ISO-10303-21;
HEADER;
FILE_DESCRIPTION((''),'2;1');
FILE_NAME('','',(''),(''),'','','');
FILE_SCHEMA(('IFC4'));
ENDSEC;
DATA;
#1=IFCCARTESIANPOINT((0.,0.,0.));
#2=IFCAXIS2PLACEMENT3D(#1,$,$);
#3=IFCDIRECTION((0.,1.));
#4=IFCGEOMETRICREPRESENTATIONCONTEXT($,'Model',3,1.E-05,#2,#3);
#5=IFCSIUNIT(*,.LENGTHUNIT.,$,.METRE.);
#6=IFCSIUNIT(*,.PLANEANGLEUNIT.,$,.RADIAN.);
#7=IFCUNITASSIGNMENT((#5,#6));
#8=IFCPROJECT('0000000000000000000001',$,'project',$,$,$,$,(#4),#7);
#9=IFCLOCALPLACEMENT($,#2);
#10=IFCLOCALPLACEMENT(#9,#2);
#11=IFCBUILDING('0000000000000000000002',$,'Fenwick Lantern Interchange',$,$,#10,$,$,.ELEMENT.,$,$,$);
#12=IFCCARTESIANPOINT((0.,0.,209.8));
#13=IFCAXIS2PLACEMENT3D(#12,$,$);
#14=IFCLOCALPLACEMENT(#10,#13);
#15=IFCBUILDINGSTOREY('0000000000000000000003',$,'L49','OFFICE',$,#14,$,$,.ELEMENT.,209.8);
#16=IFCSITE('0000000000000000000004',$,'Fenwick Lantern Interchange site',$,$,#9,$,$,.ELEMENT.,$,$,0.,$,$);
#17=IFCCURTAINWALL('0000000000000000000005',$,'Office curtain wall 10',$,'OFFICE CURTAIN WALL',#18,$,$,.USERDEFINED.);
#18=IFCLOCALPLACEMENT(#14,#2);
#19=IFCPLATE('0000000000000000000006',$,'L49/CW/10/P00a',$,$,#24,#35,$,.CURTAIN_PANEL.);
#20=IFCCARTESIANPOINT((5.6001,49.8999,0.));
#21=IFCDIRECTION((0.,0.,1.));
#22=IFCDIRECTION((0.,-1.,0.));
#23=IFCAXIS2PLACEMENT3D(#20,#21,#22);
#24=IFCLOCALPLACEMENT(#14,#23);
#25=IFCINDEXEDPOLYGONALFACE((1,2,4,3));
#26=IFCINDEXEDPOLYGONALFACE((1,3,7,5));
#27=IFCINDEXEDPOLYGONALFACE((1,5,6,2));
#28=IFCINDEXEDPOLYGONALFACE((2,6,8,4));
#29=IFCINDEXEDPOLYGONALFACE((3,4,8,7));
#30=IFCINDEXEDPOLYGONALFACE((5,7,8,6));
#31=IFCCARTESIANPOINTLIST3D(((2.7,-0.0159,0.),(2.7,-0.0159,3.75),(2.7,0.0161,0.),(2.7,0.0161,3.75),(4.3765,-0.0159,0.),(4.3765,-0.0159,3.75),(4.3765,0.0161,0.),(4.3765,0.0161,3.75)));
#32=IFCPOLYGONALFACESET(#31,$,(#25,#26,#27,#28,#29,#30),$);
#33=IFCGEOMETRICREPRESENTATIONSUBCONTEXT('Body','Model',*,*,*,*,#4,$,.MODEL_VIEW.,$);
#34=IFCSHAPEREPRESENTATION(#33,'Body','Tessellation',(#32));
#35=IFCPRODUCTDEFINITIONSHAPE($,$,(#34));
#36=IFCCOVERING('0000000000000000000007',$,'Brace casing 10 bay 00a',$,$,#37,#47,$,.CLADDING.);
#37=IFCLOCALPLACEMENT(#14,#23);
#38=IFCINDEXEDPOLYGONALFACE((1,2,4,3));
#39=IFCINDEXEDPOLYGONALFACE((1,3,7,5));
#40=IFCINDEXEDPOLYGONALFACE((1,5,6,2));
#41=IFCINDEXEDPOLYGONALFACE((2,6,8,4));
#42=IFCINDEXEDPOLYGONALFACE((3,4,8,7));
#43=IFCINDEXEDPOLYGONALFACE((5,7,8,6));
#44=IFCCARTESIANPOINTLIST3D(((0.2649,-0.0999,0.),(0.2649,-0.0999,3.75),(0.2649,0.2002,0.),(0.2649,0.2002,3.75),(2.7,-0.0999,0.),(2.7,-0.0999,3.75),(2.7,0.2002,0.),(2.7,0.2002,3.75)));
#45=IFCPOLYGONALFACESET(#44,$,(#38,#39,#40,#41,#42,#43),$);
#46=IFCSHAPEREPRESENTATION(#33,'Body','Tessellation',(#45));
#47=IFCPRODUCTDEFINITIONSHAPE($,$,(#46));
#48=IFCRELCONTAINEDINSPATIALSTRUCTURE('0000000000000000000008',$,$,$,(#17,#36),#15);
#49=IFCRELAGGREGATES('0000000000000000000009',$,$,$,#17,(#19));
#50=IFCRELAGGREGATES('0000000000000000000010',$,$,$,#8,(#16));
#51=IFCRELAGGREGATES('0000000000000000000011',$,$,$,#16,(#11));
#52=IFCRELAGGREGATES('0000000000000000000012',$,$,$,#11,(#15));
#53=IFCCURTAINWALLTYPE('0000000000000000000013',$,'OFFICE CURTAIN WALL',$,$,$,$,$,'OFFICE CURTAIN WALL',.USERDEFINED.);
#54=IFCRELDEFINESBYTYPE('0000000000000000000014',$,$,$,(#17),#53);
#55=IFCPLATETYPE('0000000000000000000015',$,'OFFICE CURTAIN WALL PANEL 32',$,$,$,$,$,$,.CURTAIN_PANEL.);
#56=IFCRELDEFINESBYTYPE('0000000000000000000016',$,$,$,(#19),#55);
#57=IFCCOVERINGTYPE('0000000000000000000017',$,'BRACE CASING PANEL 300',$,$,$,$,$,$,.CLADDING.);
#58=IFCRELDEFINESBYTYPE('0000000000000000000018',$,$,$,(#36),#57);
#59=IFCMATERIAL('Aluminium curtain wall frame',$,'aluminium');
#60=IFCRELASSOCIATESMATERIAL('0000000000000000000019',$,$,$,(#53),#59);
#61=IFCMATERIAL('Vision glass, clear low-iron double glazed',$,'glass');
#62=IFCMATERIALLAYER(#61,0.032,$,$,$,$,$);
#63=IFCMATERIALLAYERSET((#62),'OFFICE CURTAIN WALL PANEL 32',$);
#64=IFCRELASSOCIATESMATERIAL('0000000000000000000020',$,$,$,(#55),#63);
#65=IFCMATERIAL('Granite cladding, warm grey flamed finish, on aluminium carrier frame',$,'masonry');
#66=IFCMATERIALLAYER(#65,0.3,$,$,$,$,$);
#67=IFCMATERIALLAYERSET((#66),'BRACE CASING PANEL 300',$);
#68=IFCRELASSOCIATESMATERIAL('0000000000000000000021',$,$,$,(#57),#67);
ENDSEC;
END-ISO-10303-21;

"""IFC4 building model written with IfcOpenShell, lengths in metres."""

from ifc_helpers import new_model, si_unit, direction, frame, origin, place, context, subcontext, project, spatial, polyline, outline, extrude, material, layer, layer_set, type_object, element, aggregate, save


model = new_model("IFC4")

# Units and contexts
model_context = context("Model", 3, precision=1e-05, world=origin(), true_north=direction((0.0, 1.0)))
body_context = subcontext(model_context, "Body", "Model", "MODEL_VIEW")
ifc_project = project(units=[si_unit("LENGTHUNIT", "METRE"), si_unit("PLANEANGLEUNIT", "RADIAN")], contexts=[model_context])

# Site, building, storey
site_placement = place(None, origin())
site = spatial("IfcSite", under=ifc_project, at=site_placement, Name="Fenwick Lantern Interchange site", CompositionType="ELEMENT", RefElevation=0.0)
building_placement = place(site_placement, origin())
building = spatial("IfcBuilding", under=site, at=building_placement, Name="Fenwick Lantern Interchange", CompositionType="ELEMENT")
storey_placement = place(building_placement, frame((0.0, 0.0, 209.8)))
storey = spatial("IfcBuildingStorey", under=building, at=storey_placement, Name="L49", Description="OFFICE", CompositionType="ELEMENT", Elevation=209.8)

# Curtain wall
ifc_material_1 = material(Name="Aluminium curtain wall frame", Category="aluminium")
curtain_wall_type = type_object("IfcCurtainWallType", Name="OFFICE CURTAIN WALL", ElementType="OFFICE CURTAIN WALL", PredefinedType="USERDEFINED", material=ifc_material_1)
curtain_wall_1_placement = place(storey_placement, origin())
curtain_wall_1 = element("IfcCurtainWall", 1, at=curtain_wall_1_placement, inside=storey, type_object=curtain_wall_type, Name="Office curtain wall 10", ObjectType="OFFICE CURTAIN WALL", PredefinedType="USERDEFINED")

# Plate
ifc_material_2 = material(Name="Vision glass, clear low-iron double glazed", Category="glass")
ifc_layer_1 = layer(ifc_material_2, 0.032)
ifc_layer_set_1 = layer_set([ifc_layer_1], Name="OFFICE CURTAIN WALL PANEL 32")
plate_type = type_object("IfcPlateType", Name="OFFICE CURTAIN WALL PANEL 32", PredefinedType="CURTAIN_PANEL", material=ifc_layer_set_1)
plate_1_placement = place(storey_placement, frame((5.6001, 49.8999, 0.0), z_axis=(0.0, 0.0, 1.0), x_axis=(0.0, -1.0, 0.0)))
plate_1 = element("IfcPlate", 2, at=plate_1_placement, type_object=plate_type, Name="L49/CW/10/P00a", PredefinedType="CURTAIN_PANEL", context=body_context, shape_type="SweptSolid", body=[
    extrude(outline(polyline([(2.7, 0.0), (4.3765, 0.0), (4.3765, 3.75), (2.7, 3.75), (2.7, 0.0)])), frame((0.0, 0.0161, 0.0), z_axis=(0.0, -1.0, 0.0), x_axis=(1.0, 0.0, 0.0)), (0.0, 0.0, 1.0), 0.032),
])
aggregate(curtain_wall_1, [plate_1])

# Covering
ifc_material_3 = material(Name="Granite cladding, warm grey flamed finish, on aluminium carrier frame", Category="masonry")
ifc_layer_2 = layer(ifc_material_3, 0.3)
ifc_layer_set_2 = layer_set([ifc_layer_2], Name="BRACE CASING PANEL 300")
covering_type = type_object("IfcCoveringType", Name="BRACE CASING PANEL 300", PredefinedType="CLADDING", material=ifc_layer_set_2)
covering_placement = place(storey_placement, frame((5.6001, 49.8999, 0.0), z_axis=(0.0, 0.0, 1.0), x_axis=(0.0, -1.0, 0.0)))
element("IfcCovering", 3, at=covering_placement, inside=storey, type_object=covering_type, Name="Brace casing 10 bay 00a", PredefinedType="CLADDING", context=body_context, shape_type="SweptSolid", body=[
    extrude(outline(polyline([(0.2649, 0.0), (2.7, 0.0), (2.7, 3.75), (0.2649, 3.75), (0.2649, 0.0)])), frame((0.0, 0.2002, 0.0), z_axis=(0.0, -1.0, 0.0), x_axis=(1.0, 0.0, 0.0)), (0.0, 0.0, 1.0), 0.3),
])

save(model, "model.ifc")
